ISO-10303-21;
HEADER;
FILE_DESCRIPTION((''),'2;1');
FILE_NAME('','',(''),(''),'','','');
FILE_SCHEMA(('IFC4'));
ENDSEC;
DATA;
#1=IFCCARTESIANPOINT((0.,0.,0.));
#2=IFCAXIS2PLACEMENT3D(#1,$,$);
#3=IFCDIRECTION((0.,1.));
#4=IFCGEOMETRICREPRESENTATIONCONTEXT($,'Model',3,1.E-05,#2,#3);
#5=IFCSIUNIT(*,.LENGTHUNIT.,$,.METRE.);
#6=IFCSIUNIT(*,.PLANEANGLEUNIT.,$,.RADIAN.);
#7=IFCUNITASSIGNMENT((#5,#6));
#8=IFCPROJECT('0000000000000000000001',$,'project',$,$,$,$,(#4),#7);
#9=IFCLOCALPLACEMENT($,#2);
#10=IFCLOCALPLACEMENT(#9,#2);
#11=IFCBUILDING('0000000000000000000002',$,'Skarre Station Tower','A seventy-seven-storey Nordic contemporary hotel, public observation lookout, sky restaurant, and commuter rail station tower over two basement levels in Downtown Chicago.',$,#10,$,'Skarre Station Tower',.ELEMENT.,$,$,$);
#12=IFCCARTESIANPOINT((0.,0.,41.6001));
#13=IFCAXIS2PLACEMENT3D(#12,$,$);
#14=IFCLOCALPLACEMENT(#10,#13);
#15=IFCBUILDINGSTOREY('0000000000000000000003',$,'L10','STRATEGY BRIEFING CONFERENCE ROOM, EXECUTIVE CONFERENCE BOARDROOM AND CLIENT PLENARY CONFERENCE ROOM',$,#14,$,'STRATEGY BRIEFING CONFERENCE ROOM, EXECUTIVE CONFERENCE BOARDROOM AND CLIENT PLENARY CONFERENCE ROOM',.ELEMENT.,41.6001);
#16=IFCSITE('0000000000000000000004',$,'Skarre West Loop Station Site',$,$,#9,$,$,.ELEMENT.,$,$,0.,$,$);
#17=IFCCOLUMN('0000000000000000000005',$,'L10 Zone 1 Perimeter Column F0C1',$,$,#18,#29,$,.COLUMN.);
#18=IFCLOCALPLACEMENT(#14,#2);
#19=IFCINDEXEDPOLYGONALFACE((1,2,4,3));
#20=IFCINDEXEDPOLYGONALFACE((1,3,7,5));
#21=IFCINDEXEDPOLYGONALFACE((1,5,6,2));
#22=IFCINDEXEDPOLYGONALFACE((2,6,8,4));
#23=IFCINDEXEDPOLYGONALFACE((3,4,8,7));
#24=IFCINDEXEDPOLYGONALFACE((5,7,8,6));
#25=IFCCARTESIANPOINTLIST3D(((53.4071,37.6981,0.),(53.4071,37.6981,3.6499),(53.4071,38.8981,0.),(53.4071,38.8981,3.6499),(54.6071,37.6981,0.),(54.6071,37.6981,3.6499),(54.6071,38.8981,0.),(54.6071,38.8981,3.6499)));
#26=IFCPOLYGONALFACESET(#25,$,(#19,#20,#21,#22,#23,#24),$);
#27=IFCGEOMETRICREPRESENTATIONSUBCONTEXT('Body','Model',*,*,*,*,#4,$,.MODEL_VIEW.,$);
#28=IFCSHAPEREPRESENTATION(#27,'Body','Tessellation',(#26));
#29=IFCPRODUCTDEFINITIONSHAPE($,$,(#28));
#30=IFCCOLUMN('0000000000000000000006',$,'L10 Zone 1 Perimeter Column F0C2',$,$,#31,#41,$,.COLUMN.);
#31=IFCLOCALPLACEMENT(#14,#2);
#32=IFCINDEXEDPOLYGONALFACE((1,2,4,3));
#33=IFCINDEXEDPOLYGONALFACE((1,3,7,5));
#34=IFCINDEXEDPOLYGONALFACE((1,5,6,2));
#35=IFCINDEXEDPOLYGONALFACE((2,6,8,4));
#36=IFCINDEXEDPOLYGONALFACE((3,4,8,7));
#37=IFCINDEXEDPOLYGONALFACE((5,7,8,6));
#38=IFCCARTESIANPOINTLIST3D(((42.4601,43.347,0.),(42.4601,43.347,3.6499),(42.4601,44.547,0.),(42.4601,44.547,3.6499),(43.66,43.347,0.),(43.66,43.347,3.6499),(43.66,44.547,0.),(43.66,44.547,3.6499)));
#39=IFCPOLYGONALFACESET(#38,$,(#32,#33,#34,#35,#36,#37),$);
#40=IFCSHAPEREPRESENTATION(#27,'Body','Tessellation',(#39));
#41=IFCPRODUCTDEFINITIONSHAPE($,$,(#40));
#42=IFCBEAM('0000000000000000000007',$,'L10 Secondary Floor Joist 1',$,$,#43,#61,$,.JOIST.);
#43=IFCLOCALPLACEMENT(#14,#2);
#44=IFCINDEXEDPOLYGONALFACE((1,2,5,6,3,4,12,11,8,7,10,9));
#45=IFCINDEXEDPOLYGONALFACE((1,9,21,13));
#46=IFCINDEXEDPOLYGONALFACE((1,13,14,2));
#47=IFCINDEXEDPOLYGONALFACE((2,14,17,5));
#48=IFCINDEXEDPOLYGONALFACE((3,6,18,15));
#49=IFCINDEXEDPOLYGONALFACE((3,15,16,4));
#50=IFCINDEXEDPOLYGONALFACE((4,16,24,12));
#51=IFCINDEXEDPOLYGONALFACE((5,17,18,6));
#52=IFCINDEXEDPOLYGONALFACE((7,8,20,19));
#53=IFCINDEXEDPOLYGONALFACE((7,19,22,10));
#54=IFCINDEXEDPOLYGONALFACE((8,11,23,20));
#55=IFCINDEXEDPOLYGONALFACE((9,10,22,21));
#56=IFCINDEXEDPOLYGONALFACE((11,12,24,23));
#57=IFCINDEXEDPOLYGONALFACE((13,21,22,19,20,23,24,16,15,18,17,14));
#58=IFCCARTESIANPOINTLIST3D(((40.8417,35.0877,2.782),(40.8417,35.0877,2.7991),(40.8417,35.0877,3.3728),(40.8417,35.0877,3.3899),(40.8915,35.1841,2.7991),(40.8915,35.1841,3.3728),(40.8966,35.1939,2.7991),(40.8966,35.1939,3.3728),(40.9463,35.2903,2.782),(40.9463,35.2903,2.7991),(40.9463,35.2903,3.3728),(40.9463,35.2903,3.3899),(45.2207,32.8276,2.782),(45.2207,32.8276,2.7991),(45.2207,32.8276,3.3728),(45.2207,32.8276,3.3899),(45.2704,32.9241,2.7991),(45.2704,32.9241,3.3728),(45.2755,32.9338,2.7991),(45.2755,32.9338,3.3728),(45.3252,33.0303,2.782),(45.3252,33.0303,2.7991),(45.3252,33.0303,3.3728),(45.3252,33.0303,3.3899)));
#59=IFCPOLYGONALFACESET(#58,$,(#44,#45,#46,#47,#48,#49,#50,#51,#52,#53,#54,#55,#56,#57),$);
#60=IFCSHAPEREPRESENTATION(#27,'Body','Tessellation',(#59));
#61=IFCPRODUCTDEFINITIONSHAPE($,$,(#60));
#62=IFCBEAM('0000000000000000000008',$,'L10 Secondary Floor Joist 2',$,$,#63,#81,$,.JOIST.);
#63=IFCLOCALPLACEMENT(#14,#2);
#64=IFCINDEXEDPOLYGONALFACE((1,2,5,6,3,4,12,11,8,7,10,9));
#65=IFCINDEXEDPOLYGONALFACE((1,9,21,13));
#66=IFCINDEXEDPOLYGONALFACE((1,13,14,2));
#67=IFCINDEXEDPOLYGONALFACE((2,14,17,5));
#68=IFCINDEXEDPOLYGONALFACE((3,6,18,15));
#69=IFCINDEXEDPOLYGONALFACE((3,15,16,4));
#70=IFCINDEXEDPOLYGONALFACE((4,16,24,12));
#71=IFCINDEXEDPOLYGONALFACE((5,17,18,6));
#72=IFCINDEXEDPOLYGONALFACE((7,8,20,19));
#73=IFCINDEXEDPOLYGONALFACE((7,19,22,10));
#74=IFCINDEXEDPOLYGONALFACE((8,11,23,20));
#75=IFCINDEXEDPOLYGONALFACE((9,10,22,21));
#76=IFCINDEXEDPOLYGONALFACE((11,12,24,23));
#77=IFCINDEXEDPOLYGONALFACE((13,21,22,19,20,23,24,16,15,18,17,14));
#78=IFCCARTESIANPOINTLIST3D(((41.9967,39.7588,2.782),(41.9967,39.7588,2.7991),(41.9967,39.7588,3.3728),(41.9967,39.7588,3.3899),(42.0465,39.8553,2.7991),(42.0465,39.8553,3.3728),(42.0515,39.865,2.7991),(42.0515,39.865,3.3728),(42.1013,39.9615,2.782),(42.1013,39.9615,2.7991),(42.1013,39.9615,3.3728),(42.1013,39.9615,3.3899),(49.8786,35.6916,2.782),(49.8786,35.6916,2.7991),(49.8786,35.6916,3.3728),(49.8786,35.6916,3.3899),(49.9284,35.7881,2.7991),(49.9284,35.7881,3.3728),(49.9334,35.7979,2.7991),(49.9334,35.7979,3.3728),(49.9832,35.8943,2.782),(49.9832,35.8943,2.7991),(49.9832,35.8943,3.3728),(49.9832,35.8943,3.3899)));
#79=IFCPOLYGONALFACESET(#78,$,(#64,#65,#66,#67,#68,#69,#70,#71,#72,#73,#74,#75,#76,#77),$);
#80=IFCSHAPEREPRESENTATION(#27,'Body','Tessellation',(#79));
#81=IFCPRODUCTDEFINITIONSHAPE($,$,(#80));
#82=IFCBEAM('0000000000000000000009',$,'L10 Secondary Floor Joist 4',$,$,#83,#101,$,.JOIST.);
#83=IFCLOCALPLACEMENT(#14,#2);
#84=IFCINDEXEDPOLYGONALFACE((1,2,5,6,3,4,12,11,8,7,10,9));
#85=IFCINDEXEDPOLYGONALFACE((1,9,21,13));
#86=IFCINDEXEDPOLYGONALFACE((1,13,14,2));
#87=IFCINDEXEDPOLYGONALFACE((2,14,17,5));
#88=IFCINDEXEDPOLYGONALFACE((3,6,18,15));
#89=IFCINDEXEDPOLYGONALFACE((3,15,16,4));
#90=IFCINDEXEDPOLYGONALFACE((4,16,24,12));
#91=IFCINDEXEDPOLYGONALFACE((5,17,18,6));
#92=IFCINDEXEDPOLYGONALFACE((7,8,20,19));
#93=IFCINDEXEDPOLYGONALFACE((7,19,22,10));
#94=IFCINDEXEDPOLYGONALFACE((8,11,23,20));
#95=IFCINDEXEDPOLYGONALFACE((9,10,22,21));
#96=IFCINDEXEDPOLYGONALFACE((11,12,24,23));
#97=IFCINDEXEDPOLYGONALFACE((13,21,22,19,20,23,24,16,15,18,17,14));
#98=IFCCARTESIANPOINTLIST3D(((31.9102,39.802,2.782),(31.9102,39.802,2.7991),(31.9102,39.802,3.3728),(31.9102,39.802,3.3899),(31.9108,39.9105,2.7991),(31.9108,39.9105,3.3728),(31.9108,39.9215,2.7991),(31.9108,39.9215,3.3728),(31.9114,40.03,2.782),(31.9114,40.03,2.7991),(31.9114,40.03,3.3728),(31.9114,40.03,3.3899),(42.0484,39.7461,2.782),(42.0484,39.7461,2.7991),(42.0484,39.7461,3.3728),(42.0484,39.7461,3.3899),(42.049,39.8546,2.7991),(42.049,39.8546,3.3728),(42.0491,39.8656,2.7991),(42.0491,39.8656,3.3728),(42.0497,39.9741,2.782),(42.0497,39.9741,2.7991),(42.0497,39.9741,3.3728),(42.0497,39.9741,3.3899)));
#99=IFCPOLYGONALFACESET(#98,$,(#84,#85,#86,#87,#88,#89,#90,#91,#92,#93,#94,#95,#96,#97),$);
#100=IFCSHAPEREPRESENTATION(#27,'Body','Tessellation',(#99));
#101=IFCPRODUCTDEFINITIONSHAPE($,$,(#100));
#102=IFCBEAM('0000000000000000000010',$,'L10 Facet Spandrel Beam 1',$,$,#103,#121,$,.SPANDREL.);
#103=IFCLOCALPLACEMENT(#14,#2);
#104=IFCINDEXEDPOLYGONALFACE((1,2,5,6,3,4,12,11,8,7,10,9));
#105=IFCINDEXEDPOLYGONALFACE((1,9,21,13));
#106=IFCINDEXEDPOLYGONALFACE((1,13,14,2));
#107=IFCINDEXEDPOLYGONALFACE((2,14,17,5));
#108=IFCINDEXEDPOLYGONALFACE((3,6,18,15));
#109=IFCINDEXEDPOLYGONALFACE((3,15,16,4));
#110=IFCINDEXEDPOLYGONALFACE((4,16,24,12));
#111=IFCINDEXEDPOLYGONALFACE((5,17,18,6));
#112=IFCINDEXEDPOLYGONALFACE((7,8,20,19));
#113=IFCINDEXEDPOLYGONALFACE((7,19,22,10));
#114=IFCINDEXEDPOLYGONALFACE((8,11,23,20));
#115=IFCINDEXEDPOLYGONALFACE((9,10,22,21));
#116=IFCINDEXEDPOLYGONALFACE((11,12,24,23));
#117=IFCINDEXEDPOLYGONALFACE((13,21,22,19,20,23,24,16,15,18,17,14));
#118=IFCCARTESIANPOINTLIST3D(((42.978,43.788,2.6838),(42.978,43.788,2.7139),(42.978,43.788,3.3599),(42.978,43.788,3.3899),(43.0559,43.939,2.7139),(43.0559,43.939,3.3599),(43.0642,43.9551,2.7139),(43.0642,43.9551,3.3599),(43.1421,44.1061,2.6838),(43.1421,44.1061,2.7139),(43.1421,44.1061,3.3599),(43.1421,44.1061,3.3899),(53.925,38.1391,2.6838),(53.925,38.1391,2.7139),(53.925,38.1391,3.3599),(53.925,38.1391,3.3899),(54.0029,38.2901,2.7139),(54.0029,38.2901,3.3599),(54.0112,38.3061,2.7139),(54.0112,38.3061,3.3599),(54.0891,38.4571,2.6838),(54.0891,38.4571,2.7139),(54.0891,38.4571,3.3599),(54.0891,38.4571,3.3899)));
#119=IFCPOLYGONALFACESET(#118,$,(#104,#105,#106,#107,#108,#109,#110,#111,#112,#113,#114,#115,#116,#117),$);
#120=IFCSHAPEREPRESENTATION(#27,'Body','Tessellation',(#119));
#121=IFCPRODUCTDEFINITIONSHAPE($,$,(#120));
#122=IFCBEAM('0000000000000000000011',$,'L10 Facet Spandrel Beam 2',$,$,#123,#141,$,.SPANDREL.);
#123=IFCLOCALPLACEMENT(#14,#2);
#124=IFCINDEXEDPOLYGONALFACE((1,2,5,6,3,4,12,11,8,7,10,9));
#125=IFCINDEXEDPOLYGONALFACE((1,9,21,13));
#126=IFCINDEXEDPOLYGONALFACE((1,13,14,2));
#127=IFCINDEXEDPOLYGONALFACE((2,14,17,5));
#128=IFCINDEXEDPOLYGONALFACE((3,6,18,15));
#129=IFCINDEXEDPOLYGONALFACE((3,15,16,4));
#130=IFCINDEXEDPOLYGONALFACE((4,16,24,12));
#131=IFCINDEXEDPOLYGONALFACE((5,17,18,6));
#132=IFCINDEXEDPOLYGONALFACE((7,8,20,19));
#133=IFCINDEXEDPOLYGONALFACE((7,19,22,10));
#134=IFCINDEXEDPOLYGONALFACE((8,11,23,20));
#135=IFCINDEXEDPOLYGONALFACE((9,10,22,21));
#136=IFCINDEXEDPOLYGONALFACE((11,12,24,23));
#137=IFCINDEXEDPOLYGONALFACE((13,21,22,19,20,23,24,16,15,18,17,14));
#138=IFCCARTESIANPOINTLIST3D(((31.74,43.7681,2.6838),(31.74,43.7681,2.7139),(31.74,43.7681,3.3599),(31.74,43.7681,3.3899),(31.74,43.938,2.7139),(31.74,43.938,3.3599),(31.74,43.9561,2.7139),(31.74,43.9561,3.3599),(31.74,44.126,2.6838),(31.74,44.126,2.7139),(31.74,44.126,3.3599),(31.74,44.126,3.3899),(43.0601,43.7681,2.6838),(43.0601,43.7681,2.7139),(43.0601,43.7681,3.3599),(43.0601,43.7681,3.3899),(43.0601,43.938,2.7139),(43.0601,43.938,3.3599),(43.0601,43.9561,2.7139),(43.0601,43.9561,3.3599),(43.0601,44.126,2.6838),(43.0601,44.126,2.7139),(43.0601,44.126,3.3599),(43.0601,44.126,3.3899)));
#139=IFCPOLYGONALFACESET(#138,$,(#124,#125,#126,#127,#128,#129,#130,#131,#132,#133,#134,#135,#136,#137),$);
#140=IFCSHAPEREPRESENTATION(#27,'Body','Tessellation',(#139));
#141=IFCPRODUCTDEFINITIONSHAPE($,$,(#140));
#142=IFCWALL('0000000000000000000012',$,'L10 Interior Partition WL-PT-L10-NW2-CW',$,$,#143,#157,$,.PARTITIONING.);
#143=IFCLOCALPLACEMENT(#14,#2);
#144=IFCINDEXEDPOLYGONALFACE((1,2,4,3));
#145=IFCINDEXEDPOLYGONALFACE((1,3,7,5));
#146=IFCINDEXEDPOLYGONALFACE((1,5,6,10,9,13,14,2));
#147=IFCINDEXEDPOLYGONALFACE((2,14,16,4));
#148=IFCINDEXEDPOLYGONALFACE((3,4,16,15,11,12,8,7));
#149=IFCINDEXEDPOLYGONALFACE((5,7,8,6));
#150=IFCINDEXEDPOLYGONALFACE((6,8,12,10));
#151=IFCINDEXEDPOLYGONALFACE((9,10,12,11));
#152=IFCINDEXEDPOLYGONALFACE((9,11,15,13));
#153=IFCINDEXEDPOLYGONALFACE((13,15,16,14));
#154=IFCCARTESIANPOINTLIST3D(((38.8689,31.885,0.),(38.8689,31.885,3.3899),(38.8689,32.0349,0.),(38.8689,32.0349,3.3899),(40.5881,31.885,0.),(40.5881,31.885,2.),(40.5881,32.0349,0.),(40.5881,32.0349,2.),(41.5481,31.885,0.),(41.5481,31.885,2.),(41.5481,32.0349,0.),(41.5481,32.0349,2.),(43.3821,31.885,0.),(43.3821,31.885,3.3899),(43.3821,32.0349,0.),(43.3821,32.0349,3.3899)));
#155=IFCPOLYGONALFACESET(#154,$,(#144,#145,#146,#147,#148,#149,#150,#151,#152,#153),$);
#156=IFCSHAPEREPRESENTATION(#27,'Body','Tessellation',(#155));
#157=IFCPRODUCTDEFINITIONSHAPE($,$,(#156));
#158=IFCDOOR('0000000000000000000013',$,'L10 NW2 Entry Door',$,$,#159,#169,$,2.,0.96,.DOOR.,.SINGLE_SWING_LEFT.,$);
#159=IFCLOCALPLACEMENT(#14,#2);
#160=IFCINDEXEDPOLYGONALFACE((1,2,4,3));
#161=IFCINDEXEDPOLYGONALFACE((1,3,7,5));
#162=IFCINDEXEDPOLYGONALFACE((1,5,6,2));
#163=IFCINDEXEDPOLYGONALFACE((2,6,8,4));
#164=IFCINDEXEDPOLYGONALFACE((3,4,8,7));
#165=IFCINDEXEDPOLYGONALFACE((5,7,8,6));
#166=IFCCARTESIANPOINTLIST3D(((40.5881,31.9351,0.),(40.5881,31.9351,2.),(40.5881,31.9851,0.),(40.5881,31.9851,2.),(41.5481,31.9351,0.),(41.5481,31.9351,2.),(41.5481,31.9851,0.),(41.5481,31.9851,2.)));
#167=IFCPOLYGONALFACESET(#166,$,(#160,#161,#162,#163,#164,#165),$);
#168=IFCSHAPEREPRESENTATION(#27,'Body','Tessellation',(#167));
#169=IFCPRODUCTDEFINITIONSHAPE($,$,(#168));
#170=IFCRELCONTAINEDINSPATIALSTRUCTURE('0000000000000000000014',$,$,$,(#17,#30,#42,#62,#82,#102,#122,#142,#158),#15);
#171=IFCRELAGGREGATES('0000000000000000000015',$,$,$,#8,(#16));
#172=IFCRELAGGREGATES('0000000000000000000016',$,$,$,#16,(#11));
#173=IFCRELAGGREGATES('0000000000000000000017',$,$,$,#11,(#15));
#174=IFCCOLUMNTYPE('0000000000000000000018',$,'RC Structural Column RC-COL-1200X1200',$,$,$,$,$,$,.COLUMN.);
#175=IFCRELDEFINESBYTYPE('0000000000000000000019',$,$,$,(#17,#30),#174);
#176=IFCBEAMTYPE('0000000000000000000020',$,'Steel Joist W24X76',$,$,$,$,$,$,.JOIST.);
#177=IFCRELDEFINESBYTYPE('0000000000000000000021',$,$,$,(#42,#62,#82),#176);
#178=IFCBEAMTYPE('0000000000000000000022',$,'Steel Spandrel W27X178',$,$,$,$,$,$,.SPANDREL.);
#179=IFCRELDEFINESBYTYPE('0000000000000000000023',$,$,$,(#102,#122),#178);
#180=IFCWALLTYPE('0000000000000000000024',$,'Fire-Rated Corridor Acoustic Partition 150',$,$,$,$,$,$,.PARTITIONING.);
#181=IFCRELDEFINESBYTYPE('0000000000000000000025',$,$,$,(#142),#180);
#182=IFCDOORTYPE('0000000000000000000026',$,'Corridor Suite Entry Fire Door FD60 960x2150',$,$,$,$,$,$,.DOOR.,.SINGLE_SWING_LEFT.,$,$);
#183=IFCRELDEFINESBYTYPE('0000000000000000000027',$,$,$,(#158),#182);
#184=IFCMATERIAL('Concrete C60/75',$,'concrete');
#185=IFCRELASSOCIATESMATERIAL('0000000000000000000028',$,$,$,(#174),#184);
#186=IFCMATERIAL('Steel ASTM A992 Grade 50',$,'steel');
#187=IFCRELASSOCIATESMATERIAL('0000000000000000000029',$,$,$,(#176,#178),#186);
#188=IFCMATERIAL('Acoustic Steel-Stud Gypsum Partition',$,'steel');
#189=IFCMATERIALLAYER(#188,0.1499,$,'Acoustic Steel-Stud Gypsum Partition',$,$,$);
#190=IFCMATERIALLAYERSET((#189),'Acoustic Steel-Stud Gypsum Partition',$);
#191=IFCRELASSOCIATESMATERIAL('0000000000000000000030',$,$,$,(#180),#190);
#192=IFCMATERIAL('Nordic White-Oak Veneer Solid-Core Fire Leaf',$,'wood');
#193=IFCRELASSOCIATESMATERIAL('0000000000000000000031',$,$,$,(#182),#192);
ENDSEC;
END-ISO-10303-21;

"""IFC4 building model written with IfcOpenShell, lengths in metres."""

from ifc_helpers import new_model, si_unit, direction, frame, frame_2d, origin, origin_2d, place, context, subcontext, project, spatial, rectangle, i_section, extrude, material, layer, layer_set, material_profile, profile_set, type_object, element, fill, save


model = new_model("IFC4")

# Units and contexts
model_context = context("Model", 3, precision=1e-05, world=origin(), true_north=direction((0.0, 1.0)))
body_context = subcontext(model_context, "Body", "Model", "MODEL_VIEW")
ifc_project = project(units=[si_unit("LENGTHUNIT", "METRE"), si_unit("PLANEANGLEUNIT", "RADIAN")], contexts=[model_context])

# Site, building, storey
site_placement = place(None, origin())
site = spatial("IfcSite", under=ifc_project, at=site_placement, Name="Skarre West Loop Station Site", CompositionType="ELEMENT", RefElevation=0.0)
building_placement = place(site_placement, origin())
building = spatial("IfcBuilding", under=site, at=building_placement, Name="Skarre Station Tower", Description="A seventy-seven-storey Nordic contemporary hotel, public observation lookout, sky restaurant, and commuter rail station tower over two basement levels in Downtown Chicago.", LongName="Skarre Station Tower", CompositionType="ELEMENT")
storey_placement = place(building_placement, frame((0.0, 0.0, 41.6001)))
storey = spatial("IfcBuildingStorey", under=building, at=storey_placement, Name="L10", Description="STRATEGY BRIEFING CONFERENCE ROOM, EXECUTIVE CONFERENCE BOARDROOM AND CLIENT PLENARY CONFERENCE ROOM", LongName="STRATEGY BRIEFING CONFERENCE ROOM, EXECUTIVE CONFERENCE BOARDROOM AND CLIENT PLENARY CONFERENCE ROOM", CompositionType="ELEMENT", Elevation=41.6001)

# Columns
ifc_material_1 = material(Name="Concrete C60/75", Category="concrete")
ifc_material_profile_1 = material_profile(ifc_material_1, rectangle(XDim=1.2, YDim=1.2, at=origin_2d()), Name="Concrete C60/75")
ifc_profile_set_1 = profile_set([ifc_material_profile_1], Name="Concrete C60/75")
column_type = type_object("IfcColumnType", Name="RC Structural Column RC-COL-1200X1200", PredefinedType="COLUMN", material=ifc_profile_set_1)
for number, where, z_axis, x_axis, name in (
    (1, (54.0071, 38.2981, 0.0), (0.0, 0.0, 1.0), (1.0, 0.0, 0.0), "L10 Zone 1 Perimeter Column F0C1"),
    (2, (43.0601, 43.947, 0.0), (0.0, 0.0, 1.0), (1.0, 0.0, 0.0), "L10 Zone 1 Perimeter Column F0C2"),
):
    element("IfcColumn", number, at=place(storey_placement, frame(where, z_axis=z_axis, x_axis=x_axis)), inside=storey, type_object=column_type, Name=name, PredefinedType="COLUMN", context=body_context, shape_type="SweptSolid", body=[
        extrude(rectangle(XDim=1.2, YDim=1.2, at=origin_2d()), origin(), (0.0, 0.0, 1.0), 3.6499),
    ])

# Beams
ifc_material_2 = material(Name="Steel ASTM A992 Grade 50", Category="steel")
ifc_material_profile_2 = material_profile(ifc_material_2, i_section(OverallWidth=0.228, OverallDepth=0.6079, WebThickness=0.011, FlangeThickness=0.0171, at=origin_2d()), Name="Steel ASTM A992 Grade 50")
ifc_profile_set_2 = profile_set([ifc_material_profile_2], Name="Steel ASTM A992 Grade 50")
beam_type_1 = type_object("IfcBeamType", Name="Steel Joist W24X76", PredefinedType="JOIST", material=ifc_profile_set_2)
beam_1_placement = place(storey_placement, frame((45.2729, 32.929, 3.0859), z_axis=(-0.888627, 0.458632, 0.0), x_axis=(-0.458632, -0.888627, 0.0)))
element("IfcBeam", 3, at=beam_1_placement, inside=storey, type_object=beam_type_1, Name="L10 Secondary Floor Joist 1", PredefinedType="JOIST", context=body_context, shape_type="SweptSolid", body=[
    extrude(i_section(OverallWidth=0.228, OverallDepth=0.6079, WebThickness=0.011, FlangeThickness=0.0171, at=origin_2d()), origin(), (0.0, 0.0, 1.0), 4.9277),
])
beam_2_placement = place(storey_placement, frame((49.9309, 35.793, 3.0859), z_axis=(-0.888662, 0.458562, 0.0), x_axis=(-0.458562, -0.888662, 0.0)))
element("IfcBeam", 4, at=beam_2_placement, inside=storey, type_object=beam_type_1, Name="L10 Secondary Floor Joist 2", PredefinedType="JOIST", context=body_context, shape_type="SweptSolid", body=[
    extrude(i_section(OverallWidth=0.228, OverallDepth=0.6079, WebThickness=0.011, FlangeThickness=0.0171, at=origin_2d()), origin(), (0.0, 0.0, 1.0), 8.8694),
])
beam_3_placement = place(storey_placement, frame((42.0491, 39.8601, 3.0859), z_axis=(-0.999985, 0.005515, 0.0), x_axis=(-0.005515, -0.999985, 0.0)))
element("IfcBeam", 5, at=beam_3_placement, inside=storey, type_object=beam_type_1, Name="L10 Secondary Floor Joist 4", PredefinedType="JOIST", context=body_context, shape_type="SweptSolid", body=[
    extrude(i_section(OverallWidth=0.228, OverallDepth=0.6079, WebThickness=0.011, FlangeThickness=0.0171, at=origin_2d()), origin(), (0.0, 0.0, 1.0), 10.1384),
])
ifc_material_profile_3 = material_profile(ifc_material_2, i_section(OverallWidth=0.3579, OverallDepth=0.7061, WebThickness=0.0181, FlangeThickness=0.03, at=origin_2d()), Name="Steel ASTM A992 Grade 50")
ifc_profile_set_3 = profile_set([ifc_material_profile_3], Name="Steel ASTM A992 Grade 50")
beam_type_2 = type_object("IfcBeamType", Name="Steel Spandrel W27X178", PredefinedType="SPANDREL", material=ifc_profile_set_3)
beam_4_placement = place(storey_placement, frame((54.0071, 38.2981, 3.0369), z_axis=(-0.888659, 0.458569, 0.0), x_axis=(-0.458569, -0.888659, 0.0)))
element("IfcBeam", 6, at=beam_4_placement, inside=storey, type_object=beam_type_2, Name="L10 Facet Spandrel Beam 1", PredefinedType="SPANDREL", context=body_context, shape_type="SweptSolid", body=[
    extrude(i_section(OverallWidth=0.3579, OverallDepth=0.7061, WebThickness=0.0181, FlangeThickness=0.03, at=origin_2d()), origin(), (0.0, 0.0, 1.0), 12.3186),
])
beam_5_placement = place(storey_placement, frame((43.0601, 43.947, 3.0369), z_axis=(-1.0, 0.0, 0.0), x_axis=(0.0, -1.0, 0.0)))
element("IfcBeam", 7, at=beam_5_placement, inside=storey, type_object=beam_type_2, Name="L10 Facet Spandrel Beam 2", PredefinedType="SPANDREL", context=body_context, shape_type="SweptSolid", body=[
    extrude(i_section(OverallWidth=0.3579, OverallDepth=0.7061, WebThickness=0.0181, FlangeThickness=0.03, at=origin_2d()), origin(), (0.0, 0.0, 1.0), 11.3201),
])

# Wall, opening, door
ifc_material_3 = material(Name="Acoustic Steel-Stud Gypsum Partition", Category="steel")
ifc_layer_1 = layer(ifc_material_3, 0.1499, Name="Acoustic Steel-Stud Gypsum Partition")
ifc_layer_set_1 = layer_set([ifc_layer_1], Name="Acoustic Steel-Stud Gypsum Partition")
wall_type_1 = type_object("IfcWallType", Name="Fire-Rated Corridor Acoustic Partition 150", PredefinedType="PARTITIONING", material=ifc_layer_set_1)
wall_1_placement = place(storey_placement, frame((43.3821, 31.96, 0.0), z_axis=(0.0, 0.0, 1.0), x_axis=(-1.0, 0.0, 0.0)))
wall_1 = element("IfcWall", 8, at=wall_1_placement, inside=storey, type_object=wall_type_1, Name="L10 Interior Partition WL-PT-L10-NW2-CW", PredefinedType="PARTITIONING", context=body_context, shape_type="SweptSolid", body=[
    extrude(rectangle(XDim=4.5132, YDim=0.1499, at=frame_2d((2.2566, 0.0))), origin(), (0.0, 0.0, 1.0), 3.3899),
])
opening_1_placement = place(wall_1_placement, frame((1.834, 0.0, 0.0)))
opening_1 = element("IfcOpeningElement", 9, at=opening_1_placement, cuts=wall_1, PredefinedType="OPENING", context=body_context, shape_type="SweptSolid", body=[
    extrude(rectangle(XDim=0.96, YDim=2.0, at=frame_2d((0.48, 1.0))), frame((0.0, 0.085, 0.0), z_axis=(0.0, -1.0, 0.0), x_axis=(1.0, 0.0, 0.0)), (0.0, 0.0, 1.0), 0.1699),
])
ifc_material_4 = material(Name="Nordic White-Oak Veneer Solid-Core Fire Leaf", Category="wood")
door_type = type_object("IfcDoorType", Name="Corridor Suite Entry Fire Door FD60 960x2150", OperationType="SINGLE_SWING_LEFT", PredefinedType="DOOR", material=ifc_material_4)
door_1_placement = place(opening_1_placement, origin())
door_1 = element("IfcDoor", 10, at=door_1_placement, inside=storey, type_object=door_type, Name="L10 NW2 Entry Door", OperationType="SINGLE_SWING_LEFT", OverallHeight=2.0, OverallWidth=0.96, PredefinedType="DOOR", context=body_context, shape_type="SweptSolid", body=[
    extrude(rectangle(XDim=0.96, YDim=2.0, at=frame_2d((0.48, 1.0))), frame((0.0, 0.0249, 0.0), z_axis=(0.0, -1.0, 0.0), x_axis=(1.0, 0.0, 0.0)), (0.0, 0.0, 1.0), 0.05),
])
fill(opening_1, door_1)

save(model, "model.ifc")
